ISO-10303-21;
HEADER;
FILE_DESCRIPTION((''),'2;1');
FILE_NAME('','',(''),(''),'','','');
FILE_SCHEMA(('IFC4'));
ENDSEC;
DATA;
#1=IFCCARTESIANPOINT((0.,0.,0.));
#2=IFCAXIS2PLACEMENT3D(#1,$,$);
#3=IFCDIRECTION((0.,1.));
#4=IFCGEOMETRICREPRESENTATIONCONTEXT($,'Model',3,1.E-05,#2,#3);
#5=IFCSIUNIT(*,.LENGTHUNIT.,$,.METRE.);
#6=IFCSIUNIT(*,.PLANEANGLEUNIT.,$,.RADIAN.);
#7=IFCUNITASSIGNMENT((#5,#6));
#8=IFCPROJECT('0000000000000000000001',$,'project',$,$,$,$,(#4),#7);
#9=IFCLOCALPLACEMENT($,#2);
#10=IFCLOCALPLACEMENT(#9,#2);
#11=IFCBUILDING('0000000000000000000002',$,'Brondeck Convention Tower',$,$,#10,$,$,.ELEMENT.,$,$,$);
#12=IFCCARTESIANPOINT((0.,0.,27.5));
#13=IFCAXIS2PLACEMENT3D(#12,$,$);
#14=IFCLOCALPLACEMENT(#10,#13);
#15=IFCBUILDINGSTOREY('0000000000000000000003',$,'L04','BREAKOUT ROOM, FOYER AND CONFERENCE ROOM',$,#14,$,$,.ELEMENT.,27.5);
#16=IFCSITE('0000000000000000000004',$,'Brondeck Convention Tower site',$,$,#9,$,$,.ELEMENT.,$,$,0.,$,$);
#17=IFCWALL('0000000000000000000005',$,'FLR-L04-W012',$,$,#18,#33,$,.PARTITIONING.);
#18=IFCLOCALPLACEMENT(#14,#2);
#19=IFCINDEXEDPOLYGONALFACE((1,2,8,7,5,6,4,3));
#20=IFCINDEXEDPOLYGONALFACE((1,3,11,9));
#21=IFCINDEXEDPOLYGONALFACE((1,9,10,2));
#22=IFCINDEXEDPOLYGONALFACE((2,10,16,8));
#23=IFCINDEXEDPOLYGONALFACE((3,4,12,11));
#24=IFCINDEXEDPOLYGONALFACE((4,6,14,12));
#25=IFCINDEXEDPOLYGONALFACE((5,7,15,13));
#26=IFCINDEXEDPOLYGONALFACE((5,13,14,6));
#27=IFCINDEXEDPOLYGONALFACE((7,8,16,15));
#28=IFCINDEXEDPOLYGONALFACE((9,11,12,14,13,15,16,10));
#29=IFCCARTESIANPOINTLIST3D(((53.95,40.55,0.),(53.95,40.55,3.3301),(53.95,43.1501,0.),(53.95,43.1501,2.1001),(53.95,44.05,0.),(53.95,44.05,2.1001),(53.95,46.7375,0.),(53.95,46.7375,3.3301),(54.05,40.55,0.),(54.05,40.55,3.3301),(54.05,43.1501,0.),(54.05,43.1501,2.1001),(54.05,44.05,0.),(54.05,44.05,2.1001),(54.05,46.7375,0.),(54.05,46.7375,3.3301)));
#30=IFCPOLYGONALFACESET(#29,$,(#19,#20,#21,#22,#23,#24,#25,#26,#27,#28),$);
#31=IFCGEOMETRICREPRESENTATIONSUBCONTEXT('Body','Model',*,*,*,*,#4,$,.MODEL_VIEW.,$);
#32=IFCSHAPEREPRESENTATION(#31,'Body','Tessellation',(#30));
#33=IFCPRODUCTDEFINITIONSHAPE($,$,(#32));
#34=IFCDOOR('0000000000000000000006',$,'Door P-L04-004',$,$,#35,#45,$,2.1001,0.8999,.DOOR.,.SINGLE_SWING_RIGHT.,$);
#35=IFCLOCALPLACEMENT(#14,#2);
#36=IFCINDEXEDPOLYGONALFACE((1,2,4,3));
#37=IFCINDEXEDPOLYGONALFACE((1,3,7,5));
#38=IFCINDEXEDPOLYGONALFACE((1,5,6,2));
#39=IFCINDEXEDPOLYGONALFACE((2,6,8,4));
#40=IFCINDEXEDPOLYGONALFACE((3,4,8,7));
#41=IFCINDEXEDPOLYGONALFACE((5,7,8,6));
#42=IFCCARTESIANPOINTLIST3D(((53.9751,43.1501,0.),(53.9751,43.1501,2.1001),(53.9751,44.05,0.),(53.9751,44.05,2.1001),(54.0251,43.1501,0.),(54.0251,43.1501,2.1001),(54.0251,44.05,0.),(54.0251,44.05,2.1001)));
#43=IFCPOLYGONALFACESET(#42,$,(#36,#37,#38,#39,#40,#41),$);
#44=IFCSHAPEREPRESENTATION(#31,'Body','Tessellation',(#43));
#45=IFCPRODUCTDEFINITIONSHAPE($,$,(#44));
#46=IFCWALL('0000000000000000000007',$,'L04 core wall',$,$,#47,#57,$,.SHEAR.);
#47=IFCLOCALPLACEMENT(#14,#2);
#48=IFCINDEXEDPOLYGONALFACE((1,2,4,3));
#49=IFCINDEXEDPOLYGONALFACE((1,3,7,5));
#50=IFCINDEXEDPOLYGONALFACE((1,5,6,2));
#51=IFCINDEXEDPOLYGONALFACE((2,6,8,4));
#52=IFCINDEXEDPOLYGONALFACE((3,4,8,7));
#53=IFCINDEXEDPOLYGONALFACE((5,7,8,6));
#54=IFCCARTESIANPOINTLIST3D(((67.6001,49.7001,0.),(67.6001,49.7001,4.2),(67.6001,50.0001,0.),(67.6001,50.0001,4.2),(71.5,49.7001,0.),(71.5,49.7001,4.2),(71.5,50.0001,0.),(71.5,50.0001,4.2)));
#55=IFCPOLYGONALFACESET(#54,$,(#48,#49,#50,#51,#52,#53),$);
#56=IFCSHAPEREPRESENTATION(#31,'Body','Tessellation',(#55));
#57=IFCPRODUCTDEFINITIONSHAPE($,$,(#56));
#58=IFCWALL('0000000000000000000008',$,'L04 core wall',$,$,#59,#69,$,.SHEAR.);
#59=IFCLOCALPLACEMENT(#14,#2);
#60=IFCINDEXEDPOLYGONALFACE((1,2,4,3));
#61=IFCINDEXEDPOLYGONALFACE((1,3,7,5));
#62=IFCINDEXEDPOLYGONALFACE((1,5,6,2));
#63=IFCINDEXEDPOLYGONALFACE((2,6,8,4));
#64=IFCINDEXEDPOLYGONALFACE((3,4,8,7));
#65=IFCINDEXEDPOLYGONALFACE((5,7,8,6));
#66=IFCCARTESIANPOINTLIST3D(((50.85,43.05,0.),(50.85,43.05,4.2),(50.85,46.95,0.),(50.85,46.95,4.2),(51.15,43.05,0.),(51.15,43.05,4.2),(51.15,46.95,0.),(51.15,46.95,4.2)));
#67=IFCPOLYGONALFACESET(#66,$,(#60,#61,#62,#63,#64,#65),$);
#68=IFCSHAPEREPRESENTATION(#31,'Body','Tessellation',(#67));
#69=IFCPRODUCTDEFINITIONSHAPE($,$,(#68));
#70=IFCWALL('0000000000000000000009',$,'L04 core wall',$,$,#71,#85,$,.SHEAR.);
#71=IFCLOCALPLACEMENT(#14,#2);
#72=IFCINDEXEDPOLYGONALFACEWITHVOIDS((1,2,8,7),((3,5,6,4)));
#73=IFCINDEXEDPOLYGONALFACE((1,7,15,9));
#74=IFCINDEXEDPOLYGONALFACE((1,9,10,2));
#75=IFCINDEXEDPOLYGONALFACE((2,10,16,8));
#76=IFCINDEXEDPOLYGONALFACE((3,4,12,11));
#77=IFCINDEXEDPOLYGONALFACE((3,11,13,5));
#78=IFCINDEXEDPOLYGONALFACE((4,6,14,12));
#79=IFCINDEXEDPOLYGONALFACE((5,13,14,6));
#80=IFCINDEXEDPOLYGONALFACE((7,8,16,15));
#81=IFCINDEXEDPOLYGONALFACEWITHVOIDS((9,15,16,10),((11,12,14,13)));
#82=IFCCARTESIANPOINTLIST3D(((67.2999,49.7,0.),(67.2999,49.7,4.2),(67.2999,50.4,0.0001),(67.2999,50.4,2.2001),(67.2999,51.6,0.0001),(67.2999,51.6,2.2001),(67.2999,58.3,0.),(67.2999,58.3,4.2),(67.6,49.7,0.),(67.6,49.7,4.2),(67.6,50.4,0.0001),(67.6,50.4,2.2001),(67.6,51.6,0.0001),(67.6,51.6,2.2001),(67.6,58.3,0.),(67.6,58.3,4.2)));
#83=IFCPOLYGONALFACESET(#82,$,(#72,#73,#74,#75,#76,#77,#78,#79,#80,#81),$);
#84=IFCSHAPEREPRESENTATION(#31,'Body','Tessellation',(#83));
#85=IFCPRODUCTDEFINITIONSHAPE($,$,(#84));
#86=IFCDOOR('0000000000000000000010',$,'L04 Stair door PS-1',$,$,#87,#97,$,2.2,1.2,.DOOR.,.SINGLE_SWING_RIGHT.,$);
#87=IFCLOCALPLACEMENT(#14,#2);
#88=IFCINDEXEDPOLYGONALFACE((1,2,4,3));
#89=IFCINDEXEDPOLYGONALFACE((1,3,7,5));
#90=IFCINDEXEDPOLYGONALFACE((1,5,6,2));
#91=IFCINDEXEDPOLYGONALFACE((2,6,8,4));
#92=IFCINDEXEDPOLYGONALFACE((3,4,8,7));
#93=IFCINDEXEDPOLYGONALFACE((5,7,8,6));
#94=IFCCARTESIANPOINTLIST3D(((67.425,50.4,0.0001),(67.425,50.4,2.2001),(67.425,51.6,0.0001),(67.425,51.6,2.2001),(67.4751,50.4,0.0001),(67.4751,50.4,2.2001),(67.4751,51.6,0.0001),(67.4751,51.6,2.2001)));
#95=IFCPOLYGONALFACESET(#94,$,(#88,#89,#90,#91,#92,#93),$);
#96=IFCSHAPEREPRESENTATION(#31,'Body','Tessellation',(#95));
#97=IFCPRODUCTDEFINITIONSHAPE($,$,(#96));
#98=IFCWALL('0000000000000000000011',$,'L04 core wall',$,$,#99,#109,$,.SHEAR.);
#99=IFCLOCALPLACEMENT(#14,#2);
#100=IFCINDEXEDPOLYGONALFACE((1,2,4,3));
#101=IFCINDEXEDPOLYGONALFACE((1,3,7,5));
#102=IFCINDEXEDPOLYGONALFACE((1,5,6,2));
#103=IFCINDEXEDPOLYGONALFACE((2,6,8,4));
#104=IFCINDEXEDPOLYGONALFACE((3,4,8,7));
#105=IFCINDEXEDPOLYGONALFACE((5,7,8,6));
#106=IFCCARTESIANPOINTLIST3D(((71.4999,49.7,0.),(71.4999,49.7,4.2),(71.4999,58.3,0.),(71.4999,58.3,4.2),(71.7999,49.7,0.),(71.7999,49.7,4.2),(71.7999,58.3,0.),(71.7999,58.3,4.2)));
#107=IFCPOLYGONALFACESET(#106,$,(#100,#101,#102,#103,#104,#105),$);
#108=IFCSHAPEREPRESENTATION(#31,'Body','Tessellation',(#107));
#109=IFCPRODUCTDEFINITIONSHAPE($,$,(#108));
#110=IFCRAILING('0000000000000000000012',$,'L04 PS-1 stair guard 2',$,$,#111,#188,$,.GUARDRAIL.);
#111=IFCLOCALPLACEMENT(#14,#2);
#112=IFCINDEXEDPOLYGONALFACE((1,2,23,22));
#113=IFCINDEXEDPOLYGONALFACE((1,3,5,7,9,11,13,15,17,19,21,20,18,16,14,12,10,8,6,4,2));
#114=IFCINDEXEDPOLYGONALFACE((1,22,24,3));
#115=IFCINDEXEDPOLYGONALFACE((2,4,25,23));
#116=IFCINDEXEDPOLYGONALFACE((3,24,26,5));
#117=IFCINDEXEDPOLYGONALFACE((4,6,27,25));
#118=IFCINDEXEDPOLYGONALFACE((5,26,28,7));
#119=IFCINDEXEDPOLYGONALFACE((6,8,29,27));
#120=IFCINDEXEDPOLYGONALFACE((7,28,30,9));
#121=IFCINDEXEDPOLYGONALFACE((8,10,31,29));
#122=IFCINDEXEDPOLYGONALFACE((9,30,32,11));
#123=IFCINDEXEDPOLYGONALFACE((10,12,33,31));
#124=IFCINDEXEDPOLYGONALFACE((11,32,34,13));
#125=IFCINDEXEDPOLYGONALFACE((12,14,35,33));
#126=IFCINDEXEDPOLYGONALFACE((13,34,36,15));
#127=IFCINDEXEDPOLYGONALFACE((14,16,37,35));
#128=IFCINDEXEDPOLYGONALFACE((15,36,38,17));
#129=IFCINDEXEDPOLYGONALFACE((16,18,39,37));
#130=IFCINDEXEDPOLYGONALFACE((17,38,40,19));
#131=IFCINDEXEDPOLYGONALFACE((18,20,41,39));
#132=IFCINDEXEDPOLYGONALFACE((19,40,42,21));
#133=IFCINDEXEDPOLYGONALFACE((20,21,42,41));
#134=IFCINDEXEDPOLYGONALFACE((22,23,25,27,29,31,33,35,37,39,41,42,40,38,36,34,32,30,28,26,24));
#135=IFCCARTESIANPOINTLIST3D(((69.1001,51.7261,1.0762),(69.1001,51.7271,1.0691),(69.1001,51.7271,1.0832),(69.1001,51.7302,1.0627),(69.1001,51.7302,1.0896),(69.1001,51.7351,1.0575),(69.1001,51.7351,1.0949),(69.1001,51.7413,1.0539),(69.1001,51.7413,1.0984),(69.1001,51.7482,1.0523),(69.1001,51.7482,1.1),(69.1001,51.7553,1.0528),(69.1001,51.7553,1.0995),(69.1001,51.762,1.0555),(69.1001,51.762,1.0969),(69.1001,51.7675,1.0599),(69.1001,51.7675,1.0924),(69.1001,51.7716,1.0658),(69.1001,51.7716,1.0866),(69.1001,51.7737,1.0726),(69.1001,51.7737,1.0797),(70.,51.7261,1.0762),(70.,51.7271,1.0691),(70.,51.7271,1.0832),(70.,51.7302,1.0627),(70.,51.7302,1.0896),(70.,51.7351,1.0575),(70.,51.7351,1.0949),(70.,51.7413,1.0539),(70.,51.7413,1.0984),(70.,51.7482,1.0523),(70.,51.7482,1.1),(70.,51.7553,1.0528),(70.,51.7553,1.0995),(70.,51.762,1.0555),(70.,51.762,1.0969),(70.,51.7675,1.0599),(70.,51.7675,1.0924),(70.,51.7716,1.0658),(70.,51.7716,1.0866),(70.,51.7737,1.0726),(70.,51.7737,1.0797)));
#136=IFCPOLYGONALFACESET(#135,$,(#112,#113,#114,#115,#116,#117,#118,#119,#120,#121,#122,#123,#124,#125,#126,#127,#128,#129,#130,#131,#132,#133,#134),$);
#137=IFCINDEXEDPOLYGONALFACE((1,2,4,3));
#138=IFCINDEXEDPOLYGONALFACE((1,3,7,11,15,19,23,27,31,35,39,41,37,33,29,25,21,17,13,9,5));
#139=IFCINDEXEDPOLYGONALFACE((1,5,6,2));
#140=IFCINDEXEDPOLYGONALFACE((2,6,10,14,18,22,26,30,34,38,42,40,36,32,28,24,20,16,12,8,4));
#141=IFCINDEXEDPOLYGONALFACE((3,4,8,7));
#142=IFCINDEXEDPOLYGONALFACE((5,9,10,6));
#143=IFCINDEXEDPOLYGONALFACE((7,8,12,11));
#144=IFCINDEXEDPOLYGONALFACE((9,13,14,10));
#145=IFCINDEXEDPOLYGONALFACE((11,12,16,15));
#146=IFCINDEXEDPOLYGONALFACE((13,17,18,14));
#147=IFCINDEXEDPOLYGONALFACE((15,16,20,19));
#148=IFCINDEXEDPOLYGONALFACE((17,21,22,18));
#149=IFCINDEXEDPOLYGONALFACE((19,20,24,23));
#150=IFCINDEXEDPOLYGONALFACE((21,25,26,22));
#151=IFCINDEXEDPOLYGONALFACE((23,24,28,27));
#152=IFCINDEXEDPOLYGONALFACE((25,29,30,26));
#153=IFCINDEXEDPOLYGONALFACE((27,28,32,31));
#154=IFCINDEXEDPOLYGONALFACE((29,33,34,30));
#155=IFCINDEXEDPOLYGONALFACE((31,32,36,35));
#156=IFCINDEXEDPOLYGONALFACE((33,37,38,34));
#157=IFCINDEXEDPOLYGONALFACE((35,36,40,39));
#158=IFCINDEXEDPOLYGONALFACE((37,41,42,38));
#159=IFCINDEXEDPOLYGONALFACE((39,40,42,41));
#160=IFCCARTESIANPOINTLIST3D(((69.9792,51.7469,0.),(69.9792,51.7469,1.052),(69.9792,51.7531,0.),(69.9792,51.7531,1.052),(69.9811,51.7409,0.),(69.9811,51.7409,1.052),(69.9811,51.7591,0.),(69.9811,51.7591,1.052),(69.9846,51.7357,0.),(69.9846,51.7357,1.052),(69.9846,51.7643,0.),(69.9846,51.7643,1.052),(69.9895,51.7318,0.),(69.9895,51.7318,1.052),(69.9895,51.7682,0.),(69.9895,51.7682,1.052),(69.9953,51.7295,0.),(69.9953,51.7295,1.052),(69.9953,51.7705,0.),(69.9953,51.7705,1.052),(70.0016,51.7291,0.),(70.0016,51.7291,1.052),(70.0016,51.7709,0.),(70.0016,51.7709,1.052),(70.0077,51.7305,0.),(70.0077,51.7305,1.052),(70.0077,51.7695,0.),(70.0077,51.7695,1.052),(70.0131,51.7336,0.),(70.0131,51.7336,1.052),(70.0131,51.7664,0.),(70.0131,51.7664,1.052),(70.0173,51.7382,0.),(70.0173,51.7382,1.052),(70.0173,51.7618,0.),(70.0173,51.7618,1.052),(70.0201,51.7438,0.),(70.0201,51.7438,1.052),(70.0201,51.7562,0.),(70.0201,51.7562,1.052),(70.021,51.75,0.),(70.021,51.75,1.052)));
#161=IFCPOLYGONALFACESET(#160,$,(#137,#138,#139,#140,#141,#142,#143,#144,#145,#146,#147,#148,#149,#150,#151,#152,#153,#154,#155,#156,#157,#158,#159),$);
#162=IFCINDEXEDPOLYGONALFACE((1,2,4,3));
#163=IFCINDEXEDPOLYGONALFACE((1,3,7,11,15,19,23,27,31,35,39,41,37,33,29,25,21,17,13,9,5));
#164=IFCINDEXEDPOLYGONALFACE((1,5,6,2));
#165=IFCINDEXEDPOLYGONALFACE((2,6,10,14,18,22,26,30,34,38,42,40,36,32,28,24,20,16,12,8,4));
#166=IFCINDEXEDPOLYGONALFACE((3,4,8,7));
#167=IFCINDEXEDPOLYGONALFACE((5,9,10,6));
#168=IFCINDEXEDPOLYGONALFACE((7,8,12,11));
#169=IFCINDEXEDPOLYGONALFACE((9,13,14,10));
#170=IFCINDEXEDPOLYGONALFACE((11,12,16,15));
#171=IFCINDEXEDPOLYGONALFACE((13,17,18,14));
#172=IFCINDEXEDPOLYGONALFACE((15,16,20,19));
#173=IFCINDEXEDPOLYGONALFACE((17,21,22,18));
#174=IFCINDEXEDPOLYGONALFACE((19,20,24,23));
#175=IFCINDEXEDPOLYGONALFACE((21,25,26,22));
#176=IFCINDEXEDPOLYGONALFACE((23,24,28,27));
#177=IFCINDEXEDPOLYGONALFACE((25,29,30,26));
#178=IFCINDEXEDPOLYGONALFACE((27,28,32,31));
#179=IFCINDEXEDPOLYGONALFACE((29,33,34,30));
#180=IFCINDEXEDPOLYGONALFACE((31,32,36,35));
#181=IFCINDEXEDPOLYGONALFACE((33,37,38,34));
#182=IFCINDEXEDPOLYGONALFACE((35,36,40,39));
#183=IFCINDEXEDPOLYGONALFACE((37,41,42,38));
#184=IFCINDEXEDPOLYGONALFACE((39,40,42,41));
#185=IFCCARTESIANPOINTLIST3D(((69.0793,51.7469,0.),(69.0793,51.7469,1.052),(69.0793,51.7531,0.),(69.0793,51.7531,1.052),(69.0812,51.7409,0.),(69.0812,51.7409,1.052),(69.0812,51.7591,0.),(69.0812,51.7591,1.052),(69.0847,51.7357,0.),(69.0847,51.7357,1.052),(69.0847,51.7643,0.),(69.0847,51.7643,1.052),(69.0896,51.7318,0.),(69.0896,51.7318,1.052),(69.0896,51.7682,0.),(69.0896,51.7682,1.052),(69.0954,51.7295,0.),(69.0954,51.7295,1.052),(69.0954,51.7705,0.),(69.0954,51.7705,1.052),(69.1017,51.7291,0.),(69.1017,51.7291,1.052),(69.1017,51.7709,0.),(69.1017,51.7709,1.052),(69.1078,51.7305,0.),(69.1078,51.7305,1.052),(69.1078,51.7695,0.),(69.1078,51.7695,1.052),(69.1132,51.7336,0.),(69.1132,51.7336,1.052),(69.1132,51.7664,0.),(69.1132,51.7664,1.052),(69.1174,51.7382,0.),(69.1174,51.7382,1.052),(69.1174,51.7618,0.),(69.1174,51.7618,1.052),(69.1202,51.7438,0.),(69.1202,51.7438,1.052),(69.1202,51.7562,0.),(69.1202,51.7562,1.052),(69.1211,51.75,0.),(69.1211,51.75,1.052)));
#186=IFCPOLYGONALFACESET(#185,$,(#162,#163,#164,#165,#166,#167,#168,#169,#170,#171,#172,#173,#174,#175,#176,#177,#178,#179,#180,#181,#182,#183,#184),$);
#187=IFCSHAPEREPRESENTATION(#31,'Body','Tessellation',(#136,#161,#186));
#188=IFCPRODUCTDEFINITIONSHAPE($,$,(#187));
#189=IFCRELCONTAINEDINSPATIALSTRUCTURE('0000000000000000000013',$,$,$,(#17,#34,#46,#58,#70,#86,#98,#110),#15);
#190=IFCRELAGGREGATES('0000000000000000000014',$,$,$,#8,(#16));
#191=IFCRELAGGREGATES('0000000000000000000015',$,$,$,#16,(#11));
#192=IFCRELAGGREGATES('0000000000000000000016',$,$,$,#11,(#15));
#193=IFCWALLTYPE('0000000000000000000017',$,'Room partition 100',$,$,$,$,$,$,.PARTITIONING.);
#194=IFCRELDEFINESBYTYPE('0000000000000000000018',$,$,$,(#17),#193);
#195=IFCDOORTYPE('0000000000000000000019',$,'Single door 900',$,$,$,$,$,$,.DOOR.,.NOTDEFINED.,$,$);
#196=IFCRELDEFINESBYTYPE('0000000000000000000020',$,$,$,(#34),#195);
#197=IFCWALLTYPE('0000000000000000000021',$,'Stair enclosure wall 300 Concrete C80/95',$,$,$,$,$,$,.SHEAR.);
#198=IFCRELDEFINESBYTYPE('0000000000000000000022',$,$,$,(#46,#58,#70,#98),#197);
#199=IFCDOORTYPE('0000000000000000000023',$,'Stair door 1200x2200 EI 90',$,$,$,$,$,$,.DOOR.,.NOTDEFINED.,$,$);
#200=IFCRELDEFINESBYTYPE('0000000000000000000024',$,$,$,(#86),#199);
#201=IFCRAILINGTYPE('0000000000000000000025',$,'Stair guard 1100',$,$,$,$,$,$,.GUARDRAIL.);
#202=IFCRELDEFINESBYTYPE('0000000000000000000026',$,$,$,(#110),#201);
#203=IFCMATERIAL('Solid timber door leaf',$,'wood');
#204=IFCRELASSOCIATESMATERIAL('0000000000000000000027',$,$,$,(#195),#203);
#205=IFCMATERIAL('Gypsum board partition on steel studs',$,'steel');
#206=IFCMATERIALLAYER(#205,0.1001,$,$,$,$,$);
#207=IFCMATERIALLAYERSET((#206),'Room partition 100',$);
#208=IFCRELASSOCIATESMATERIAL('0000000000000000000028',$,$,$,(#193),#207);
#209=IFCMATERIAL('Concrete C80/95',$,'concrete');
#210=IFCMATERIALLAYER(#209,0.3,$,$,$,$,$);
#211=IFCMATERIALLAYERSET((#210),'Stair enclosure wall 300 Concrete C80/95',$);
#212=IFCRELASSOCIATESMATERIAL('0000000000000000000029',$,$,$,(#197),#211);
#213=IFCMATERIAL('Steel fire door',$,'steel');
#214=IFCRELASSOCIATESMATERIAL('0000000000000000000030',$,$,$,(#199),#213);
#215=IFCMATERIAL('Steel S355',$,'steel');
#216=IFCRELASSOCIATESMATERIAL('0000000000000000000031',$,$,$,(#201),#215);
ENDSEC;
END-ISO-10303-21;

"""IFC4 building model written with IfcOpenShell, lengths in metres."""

from ifc_helpers import new_model, si_unit, direction, frame, frame_2d, origin, origin_2d, place, context, subcontext, project, spatial, rectangle, circle, extrude, material, layer, layer_set, type_object, element, fill, save


model = new_model("IFC4")

# Units and contexts
model_context = context("Model", 3, precision=1e-05, world=origin(), true_north=direction((0.0, 1.0)))
body_context = subcontext(model_context, "Body", "Model", "MODEL_VIEW")
ifc_project = project(units=[si_unit("LENGTHUNIT", "METRE"), si_unit("PLANEANGLEUNIT", "RADIAN")], contexts=[model_context])

# Site, building, storey
site_placement = place(None, origin())
site = spatial("IfcSite", under=ifc_project, at=site_placement, Name="Brondeck Convention Tower site", CompositionType="ELEMENT", RefElevation=0.0)
building_placement = place(site_placement, origin())
building = spatial("IfcBuilding", under=site, at=building_placement, Name="Brondeck Convention Tower", CompositionType="ELEMENT")
storey_placement = place(building_placement, frame((0.0, 0.0, 27.5)))
storey = spatial("IfcBuildingStorey", under=building, at=storey_placement, Name="L04", Description="BREAKOUT ROOM, FOYER AND CONFERENCE ROOM", CompositionType="ELEMENT", Elevation=27.5)

# Shared definitions
ifc_material_1 = material(Name="Concrete C80/95", Category="concrete")

# Shared definitions
ifc_material_2 = material(Name="Steel S355", Category="steel")

# Shared definitions
ifc_material_3 = material(Name="Solid timber door leaf", Category="wood")
door_type_1 = type_object("IfcDoorType", Name="Single door 900", OperationType="NOTDEFINED", PredefinedType="DOOR", material=ifc_material_3)

# Wall, opening, door
ifc_material_4 = material(Name="Gypsum board partition on steel studs", Category="steel")
ifc_layer_1 = layer(ifc_material_4, 0.1001)
ifc_layer_set_1 = layer_set([ifc_layer_1], Name="Room partition 100")
wall_type_1 = type_object("IfcWallType", Name="Room partition 100", PredefinedType="PARTITIONING", material=ifc_layer_set_1)
wall_1_placement = place(storey_placement, frame((54.0, 40.55, 0.0), z_axis=(0.0, 0.0, 1.0), x_axis=(0.0, 1.0, 0.0)))
wall_1 = element("IfcWall", 1, at=wall_1_placement, inside=storey, type_object=wall_type_1, Name="FLR-L04-W012", PredefinedType="PARTITIONING", context=body_context, shape_type="SweptSolid", body=[
    extrude(rectangle(XDim=6.1875, YDim=0.1001, at=frame_2d((3.0938, 0.0))), origin(), (0.0, 0.0, 1.0), 3.3301),
])
opening_1_placement = place(wall_1_placement, frame((2.6001, 0.0, 0.0)))
opening_1 = element("IfcOpeningElement", 2, at=opening_1_placement, cuts=wall_1, PredefinedType="OPENING", context=body_context, shape_type="SweptSolid", body=[
    extrude(rectangle(XDim=0.8999, YDim=2.1001, at=frame_2d((0.45, 1.05))), frame((0.0, 0.0601, 0.0), z_axis=(0.0, -1.0, 0.0), x_axis=(1.0, 0.0, 0.0)), (0.0, 0.0, 1.0), 0.1201),
])
door_1_placement = place(opening_1_placement, origin())
door_1 = element("IfcDoor", 3, at=door_1_placement, inside=storey, type_object=door_type_1, Name="Door P-L04-004", OperationType="SINGLE_SWING_RIGHT", OverallHeight=2.1001, OverallWidth=0.8999, PredefinedType="DOOR", context=body_context, shape_type="SweptSolid", body=[
    extrude(rectangle(XDim=0.8999, YDim=2.1001, at=frame_2d((0.45, 1.05))), frame((0.0, 0.0249, 0.0), z_axis=(0.0, -1.0, 0.0), x_axis=(1.0, 0.0, 0.0)), (0.0, 0.0, 1.0), 0.05),
])
fill(opening_1, door_1)

# Walls
ifc_layer_2 = layer(ifc_material_1, 0.3)
ifc_layer_set_2 = layer_set([ifc_layer_2], Name="Stair enclosure wall 300 Concrete C80/95")
wall_type_2 = type_object("IfcWallType", Name="Stair enclosure wall 300 Concrete C80/95", PredefinedType="SHEAR", material=ifc_layer_set_2)
for number, where, z_axis, x_axis, name in (
    (4, (67.6001, 49.8501, 0.0), (0.0, 0.0, 1.0), (1.0, 0.0, 0.0), "L04 core wall"),
    (5, (51.0, 43.05, 0.0), (0.0, 0.0, 1.0), (0.0, 1.0, 0.0), "L04 core wall"),
):
    element("IfcWall", number, at=place(storey_placement, frame(where, z_axis=z_axis, x_axis=x_axis)), inside=storey, type_object=wall_type_2, Name=name, PredefinedType="SHEAR", context=body_context, shape_type="SweptSolid", body=[
        extrude(rectangle(XDim=3.8999, YDim=0.3, at=frame_2d((1.95, 0.0))), origin(), (0.0, 0.0, 1.0), 4.2),
    ])

# Wall, opening, door
wall_2_placement = place(storey_placement, frame((67.45, 49.7, 0.0), z_axis=(0.0, 0.0, 1.0), x_axis=(0.0, 1.0, 0.0)))
wall_2 = element("IfcWall", 6, at=wall_2_placement, inside=storey, type_object=wall_type_2, Name="L04 core wall", PredefinedType="SHEAR", context=body_context, shape_type="SweptSolid", body=[
    extrude(rectangle(XDim=8.6001, YDim=0.3, at=frame_2d((4.3, 0.0))), origin(), (0.0, 0.0, 1.0), 4.2),
])
opening_2_placement = place(wall_2_placement, frame((0.7, 0.0, 0.0)))
opening_2 = element("IfcOpeningElement", 7, at=opening_2_placement, cuts=wall_2, PredefinedType="OPENING", context=body_context, shape_type="SweptSolid", body=[
    extrude(rectangle(XDim=1.2, YDim=2.2, at=frame_2d((0.6001, 1.1001))), frame((0.0, 0.1599, 0.0), z_axis=(0.0, -1.0, 0.0), x_axis=(1.0, 0.0, 0.0)), (0.0, 0.0, 1.0), 0.3201),
])
ifc_material_5 = material(Name="Steel fire door", Category="steel")
door_type_2 = type_object("IfcDoorType", Name="Stair door 1200x2200 EI 90", OperationType="NOTDEFINED", PredefinedType="DOOR", material=ifc_material_5)
door_2_placement = place(opening_2_placement, origin())
door_2 = element("IfcDoor", 8, at=door_2_placement, inside=storey, type_object=door_type_2, Name="L04 Stair door PS-1", OperationType="SINGLE_SWING_RIGHT", OverallHeight=2.2, OverallWidth=1.2, PredefinedType="DOOR", context=body_context, shape_type="SweptSolid", body=[
    extrude(rectangle(XDim=1.2, YDim=2.2, at=frame_2d((0.6001, 1.1001))), frame((0.0, 0.0249, 0.0), z_axis=(0.0, -1.0, 0.0), x_axis=(1.0, 0.0, 0.0)), (0.0, 0.0, 1.0), 0.05),
])
fill(opening_2, door_2)

# Wall
wall_3_placement = place(storey_placement, frame((71.6499, 49.7, 0.0), z_axis=(0.0, 0.0, 1.0), x_axis=(0.0, 1.0, 0.0)))
element("IfcWall", 9, at=wall_3_placement, inside=storey, type_object=wall_type_2, Name="L04 core wall", PredefinedType="SHEAR", context=body_context, shape_type="SweptSolid", body=[
    extrude(rectangle(XDim=8.6001, YDim=0.3, at=frame_2d((4.3, 0.0))), origin(), (0.0, 0.0, 1.0), 4.2),
])

# Railing
railing_type = type_object("IfcRailingType", Name="Stair guard 1100", PredefinedType="GUARDRAIL", material=ifc_material_2)
railing_1_placement = place(storey_placement, frame((70.0, 51.75, 0.0)))
element("IfcRailing", 10, at=railing_1_placement, inside=storey, type_object=railing_type, Name="L04 PS-1 stair guard 2", PredefinedType="GUARDRAIL", context=body_context, shape_type="SweptSolid", body=[
    extrude(circle(Radius=0.0239, at=origin_2d()), frame((0.0, 0.0, 1.0762), z_axis=(-1.0, 0.0, 0.0), x_axis=(0.0, -1.0, 0.0)), (0.0, 0.0, 1.0), 0.8999),
    extrude(circle(Radius=0.021, at=origin_2d()), origin(), (0.0, 0.0, 1.0), 1.052),
    extrude(circle(Radius=0.021, at=origin_2d()), frame((-0.8999, 0.0, 0.0)), (0.0, 0.0, 1.0), 1.052),
])

save(model, "model.ifc")
